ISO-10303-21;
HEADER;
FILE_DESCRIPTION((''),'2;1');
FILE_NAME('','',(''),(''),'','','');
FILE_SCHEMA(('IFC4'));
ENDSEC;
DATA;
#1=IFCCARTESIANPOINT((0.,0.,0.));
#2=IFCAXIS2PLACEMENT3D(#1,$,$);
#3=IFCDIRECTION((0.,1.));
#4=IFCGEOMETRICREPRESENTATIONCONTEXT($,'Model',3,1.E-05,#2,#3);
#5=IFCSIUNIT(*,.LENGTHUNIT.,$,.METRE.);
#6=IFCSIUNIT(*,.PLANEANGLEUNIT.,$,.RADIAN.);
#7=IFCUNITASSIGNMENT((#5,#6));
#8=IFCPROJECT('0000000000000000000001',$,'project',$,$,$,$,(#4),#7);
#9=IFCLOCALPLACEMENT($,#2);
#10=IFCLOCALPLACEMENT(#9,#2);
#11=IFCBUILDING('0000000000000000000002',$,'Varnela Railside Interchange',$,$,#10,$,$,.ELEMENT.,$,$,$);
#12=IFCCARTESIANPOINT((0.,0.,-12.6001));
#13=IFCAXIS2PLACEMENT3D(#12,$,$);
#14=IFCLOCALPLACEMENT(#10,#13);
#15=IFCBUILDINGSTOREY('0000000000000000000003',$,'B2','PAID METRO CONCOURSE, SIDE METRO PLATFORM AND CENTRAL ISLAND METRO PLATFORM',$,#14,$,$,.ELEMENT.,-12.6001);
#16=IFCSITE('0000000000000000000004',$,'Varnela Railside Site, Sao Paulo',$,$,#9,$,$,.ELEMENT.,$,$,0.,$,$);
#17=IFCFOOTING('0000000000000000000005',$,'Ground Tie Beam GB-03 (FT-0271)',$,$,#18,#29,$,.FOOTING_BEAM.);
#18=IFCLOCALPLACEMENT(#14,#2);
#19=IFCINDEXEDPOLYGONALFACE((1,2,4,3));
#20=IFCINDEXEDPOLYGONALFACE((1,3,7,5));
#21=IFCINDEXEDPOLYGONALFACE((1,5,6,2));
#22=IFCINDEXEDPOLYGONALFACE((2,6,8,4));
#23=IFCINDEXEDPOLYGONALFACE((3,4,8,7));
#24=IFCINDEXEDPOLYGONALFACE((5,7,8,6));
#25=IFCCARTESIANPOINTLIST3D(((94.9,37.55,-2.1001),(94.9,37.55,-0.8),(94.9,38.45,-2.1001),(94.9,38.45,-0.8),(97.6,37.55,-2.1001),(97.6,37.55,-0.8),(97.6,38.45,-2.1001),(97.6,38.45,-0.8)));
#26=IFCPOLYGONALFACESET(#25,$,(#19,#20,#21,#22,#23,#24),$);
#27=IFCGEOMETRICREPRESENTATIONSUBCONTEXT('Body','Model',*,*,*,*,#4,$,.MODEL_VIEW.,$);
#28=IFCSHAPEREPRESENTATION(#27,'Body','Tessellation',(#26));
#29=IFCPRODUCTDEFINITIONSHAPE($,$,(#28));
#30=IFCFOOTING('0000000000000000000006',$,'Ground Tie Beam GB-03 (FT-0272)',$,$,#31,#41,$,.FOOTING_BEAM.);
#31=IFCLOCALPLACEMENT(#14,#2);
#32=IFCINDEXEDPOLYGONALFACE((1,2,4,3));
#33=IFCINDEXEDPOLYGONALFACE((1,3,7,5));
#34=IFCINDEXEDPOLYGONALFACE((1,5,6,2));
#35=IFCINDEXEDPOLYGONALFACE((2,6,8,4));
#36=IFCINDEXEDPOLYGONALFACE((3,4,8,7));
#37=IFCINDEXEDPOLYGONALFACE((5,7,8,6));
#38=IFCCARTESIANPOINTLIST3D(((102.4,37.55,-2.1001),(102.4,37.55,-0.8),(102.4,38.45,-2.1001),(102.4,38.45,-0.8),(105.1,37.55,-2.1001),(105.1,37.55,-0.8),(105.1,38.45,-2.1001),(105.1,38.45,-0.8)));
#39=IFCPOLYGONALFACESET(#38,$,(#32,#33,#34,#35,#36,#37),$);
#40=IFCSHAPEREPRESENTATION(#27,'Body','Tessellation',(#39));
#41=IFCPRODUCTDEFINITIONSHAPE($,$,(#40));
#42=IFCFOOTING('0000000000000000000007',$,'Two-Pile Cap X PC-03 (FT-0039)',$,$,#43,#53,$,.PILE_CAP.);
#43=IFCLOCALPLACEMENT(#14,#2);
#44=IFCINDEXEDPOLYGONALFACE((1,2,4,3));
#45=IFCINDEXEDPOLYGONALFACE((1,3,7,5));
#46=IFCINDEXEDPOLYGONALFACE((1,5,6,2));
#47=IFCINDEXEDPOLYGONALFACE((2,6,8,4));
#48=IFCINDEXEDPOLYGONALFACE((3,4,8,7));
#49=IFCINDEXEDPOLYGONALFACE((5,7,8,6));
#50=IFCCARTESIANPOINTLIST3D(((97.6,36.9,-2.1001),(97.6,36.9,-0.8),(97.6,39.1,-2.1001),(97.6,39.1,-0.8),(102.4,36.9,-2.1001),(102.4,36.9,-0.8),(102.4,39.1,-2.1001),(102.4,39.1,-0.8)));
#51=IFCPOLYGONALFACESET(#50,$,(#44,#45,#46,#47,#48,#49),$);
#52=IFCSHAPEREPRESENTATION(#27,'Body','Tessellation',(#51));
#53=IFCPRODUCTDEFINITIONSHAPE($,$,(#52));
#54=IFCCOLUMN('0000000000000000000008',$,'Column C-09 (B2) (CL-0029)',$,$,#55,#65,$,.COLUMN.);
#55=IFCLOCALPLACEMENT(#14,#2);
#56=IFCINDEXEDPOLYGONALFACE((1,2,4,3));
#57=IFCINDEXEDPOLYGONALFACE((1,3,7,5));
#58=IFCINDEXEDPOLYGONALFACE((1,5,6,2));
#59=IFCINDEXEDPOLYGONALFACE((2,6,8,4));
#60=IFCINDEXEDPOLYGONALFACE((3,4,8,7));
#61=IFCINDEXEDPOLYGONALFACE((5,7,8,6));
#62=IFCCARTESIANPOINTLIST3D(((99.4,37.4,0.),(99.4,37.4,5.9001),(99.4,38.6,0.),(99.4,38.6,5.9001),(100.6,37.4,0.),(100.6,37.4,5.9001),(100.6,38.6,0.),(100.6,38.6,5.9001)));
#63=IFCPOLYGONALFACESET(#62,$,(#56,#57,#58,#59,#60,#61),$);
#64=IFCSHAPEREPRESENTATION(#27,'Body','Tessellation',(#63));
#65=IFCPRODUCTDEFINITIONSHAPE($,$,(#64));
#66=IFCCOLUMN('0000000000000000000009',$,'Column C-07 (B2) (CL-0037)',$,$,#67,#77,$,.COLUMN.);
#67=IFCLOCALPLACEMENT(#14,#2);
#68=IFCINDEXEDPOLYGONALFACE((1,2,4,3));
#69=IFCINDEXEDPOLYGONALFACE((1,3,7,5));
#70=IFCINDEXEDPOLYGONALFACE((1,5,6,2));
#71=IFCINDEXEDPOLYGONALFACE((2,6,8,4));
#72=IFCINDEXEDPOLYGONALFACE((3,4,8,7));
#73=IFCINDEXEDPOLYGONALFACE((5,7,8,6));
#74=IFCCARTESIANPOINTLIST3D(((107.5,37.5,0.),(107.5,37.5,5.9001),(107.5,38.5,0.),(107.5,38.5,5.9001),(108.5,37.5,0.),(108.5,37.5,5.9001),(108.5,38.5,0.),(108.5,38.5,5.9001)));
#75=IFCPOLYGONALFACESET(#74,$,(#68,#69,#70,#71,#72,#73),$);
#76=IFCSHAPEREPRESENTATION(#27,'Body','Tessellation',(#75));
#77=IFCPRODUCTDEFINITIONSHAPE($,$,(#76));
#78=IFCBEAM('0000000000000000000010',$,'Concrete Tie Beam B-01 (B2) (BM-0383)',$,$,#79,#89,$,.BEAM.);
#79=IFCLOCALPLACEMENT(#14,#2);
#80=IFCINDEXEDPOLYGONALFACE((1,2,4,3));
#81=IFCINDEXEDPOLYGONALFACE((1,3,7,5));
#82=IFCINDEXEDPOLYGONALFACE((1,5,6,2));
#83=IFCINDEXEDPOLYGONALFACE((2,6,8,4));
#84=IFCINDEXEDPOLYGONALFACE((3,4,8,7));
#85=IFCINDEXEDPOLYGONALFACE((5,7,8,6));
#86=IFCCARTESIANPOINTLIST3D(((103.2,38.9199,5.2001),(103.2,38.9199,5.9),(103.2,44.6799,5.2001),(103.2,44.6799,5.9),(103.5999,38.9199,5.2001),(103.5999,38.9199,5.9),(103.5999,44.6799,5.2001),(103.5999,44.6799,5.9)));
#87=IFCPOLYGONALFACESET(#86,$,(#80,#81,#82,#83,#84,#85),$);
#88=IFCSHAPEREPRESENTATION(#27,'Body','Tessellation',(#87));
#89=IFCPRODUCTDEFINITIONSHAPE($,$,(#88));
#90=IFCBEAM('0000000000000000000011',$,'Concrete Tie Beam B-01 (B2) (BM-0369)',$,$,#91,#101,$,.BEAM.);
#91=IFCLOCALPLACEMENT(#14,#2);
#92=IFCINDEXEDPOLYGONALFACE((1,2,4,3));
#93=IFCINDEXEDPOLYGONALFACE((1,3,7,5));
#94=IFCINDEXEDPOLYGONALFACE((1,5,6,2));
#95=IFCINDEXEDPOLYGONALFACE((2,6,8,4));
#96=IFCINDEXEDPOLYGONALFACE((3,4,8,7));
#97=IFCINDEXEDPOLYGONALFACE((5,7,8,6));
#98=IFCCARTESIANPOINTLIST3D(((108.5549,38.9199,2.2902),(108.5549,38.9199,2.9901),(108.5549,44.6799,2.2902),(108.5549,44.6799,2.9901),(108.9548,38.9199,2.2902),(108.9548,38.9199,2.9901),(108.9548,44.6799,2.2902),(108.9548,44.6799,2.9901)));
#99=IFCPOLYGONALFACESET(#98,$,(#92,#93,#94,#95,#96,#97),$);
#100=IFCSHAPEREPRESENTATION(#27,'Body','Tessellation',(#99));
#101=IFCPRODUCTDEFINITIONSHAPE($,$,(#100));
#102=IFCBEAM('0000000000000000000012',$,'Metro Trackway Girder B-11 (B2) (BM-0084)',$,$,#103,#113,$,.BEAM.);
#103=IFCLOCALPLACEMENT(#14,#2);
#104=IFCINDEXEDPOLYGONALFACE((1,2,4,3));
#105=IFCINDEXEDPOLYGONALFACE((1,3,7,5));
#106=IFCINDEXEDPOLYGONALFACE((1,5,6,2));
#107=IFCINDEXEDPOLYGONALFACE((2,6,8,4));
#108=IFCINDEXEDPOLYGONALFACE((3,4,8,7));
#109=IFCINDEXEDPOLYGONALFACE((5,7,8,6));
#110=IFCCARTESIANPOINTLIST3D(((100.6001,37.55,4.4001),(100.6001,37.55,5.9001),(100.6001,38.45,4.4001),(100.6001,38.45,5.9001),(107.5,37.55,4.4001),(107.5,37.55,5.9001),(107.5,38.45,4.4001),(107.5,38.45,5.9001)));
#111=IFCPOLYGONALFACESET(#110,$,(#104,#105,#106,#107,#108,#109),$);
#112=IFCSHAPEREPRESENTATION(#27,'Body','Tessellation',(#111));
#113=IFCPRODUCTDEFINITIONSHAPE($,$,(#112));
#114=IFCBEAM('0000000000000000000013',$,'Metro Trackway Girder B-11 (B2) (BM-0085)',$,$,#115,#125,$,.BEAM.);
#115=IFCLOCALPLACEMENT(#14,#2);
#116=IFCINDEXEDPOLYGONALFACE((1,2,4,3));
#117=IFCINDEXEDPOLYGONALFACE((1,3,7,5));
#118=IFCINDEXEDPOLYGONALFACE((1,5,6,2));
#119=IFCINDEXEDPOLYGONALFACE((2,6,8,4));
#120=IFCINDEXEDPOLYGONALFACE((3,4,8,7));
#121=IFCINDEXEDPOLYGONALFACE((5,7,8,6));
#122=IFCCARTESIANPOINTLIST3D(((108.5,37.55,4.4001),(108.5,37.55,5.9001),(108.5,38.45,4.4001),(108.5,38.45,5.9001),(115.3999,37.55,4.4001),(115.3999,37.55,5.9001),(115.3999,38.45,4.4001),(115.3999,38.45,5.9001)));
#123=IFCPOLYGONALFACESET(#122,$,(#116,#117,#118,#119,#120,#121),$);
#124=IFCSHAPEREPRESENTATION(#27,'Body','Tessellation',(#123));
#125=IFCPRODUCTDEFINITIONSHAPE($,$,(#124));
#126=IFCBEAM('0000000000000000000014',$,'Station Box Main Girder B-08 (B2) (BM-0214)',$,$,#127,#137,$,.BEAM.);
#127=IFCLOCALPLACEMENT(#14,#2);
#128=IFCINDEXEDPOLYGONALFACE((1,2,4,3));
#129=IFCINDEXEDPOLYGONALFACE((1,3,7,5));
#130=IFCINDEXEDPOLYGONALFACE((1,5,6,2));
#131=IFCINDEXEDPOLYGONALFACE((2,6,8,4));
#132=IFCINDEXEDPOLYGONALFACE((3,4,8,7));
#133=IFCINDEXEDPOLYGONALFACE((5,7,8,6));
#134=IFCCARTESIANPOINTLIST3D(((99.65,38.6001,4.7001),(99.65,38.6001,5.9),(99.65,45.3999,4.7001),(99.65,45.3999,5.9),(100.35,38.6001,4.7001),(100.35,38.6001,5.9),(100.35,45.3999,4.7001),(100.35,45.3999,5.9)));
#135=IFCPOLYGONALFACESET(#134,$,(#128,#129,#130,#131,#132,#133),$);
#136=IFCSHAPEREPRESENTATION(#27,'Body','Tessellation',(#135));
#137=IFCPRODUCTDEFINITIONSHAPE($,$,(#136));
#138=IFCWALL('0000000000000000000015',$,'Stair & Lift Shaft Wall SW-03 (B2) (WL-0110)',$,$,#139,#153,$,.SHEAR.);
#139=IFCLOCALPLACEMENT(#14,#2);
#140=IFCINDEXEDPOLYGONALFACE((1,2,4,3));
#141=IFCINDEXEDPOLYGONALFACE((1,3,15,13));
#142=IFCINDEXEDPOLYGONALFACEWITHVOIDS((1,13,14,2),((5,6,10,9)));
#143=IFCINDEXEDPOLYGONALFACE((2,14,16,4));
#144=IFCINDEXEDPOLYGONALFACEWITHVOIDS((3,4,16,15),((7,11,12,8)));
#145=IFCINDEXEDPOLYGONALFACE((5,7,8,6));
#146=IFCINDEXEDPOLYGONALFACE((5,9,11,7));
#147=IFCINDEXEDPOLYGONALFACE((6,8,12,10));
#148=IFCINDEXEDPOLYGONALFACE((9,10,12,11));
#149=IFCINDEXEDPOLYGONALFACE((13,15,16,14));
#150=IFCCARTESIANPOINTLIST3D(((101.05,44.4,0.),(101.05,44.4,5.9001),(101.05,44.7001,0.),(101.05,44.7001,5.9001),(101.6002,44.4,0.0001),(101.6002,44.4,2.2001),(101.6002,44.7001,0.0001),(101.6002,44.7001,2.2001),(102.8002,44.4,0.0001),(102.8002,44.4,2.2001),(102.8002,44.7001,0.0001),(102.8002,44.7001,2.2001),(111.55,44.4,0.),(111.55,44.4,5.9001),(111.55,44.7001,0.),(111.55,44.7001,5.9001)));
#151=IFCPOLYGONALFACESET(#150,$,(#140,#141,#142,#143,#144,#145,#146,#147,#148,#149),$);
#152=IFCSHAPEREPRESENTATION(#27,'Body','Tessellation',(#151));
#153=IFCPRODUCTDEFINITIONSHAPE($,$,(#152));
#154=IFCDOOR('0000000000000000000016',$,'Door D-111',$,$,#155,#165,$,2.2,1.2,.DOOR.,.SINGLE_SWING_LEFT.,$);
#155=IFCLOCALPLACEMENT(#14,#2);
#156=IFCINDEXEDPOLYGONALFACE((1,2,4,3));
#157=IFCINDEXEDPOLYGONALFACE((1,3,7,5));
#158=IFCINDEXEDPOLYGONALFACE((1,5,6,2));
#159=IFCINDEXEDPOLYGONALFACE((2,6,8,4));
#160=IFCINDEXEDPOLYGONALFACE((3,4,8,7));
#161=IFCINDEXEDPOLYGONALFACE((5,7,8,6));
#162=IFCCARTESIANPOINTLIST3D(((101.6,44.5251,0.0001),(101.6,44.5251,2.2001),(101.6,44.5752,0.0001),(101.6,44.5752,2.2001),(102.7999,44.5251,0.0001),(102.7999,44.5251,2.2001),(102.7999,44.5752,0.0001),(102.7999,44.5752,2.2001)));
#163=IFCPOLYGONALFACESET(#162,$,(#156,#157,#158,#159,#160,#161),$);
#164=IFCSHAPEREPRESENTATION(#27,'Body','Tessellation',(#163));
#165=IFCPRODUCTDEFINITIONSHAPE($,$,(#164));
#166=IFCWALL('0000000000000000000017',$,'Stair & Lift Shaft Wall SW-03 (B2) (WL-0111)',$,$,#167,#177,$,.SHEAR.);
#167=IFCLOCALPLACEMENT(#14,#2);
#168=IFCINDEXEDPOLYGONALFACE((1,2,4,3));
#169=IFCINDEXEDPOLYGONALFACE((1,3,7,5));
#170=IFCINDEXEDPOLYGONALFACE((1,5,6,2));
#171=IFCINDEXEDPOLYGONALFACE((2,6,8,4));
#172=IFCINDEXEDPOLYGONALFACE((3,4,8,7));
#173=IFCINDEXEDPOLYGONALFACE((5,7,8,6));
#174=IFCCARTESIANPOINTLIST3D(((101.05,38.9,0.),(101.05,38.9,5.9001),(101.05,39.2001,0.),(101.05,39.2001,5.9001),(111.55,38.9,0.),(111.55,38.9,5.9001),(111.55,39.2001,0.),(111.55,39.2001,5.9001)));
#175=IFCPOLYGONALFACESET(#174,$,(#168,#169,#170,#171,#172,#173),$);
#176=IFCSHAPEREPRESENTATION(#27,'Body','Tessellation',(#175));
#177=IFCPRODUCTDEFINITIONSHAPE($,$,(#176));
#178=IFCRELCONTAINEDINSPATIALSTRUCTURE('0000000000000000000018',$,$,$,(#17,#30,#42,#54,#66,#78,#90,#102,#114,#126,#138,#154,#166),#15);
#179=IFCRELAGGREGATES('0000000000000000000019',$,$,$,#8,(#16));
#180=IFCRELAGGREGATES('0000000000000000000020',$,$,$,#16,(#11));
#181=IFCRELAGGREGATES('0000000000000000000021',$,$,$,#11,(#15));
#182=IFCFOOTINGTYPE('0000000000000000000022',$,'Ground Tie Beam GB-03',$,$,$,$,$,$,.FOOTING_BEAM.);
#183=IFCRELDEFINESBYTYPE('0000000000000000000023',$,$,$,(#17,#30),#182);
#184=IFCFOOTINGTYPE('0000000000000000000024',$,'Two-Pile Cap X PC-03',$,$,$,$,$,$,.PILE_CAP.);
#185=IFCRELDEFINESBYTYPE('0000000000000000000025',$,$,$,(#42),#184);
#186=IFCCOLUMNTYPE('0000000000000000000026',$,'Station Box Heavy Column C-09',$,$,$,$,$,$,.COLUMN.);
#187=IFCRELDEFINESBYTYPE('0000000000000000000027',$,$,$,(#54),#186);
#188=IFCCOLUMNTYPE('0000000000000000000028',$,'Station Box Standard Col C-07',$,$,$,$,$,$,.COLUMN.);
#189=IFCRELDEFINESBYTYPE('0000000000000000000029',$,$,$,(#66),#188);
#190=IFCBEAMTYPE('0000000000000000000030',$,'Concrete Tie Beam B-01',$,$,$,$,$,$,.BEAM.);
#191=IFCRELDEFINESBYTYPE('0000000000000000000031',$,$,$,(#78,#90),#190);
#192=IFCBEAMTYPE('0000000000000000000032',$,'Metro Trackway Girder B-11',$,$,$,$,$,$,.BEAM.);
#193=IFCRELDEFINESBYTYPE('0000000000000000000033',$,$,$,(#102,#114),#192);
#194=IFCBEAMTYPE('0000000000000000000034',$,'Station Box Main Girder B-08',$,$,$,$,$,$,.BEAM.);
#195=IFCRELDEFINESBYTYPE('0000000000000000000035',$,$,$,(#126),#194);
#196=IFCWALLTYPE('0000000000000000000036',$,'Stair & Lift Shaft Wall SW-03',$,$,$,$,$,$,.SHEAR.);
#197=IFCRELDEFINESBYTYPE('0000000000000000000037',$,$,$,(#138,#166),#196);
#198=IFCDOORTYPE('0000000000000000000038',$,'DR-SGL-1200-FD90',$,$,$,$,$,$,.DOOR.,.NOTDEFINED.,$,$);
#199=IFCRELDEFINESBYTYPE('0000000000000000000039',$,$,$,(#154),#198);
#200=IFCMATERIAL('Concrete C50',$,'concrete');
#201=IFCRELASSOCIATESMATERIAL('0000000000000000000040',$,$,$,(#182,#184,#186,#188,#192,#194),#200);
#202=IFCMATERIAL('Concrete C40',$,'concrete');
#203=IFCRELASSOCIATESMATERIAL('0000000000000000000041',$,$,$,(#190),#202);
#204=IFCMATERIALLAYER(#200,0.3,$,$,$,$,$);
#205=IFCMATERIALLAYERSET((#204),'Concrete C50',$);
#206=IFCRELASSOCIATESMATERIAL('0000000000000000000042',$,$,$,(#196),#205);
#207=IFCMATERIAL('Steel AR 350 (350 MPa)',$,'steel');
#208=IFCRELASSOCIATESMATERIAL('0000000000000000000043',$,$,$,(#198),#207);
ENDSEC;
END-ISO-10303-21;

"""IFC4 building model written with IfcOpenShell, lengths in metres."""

from ifc_helpers import new_model, si_unit, direction, frame, frame_2d, origin, origin_2d, place, context, subcontext, project, spatial, rectangle, extrude, material, layer, layer_set, material_profile, profile_set, type_object, element, fill, save


model = new_model("IFC4")

# Units and contexts
model_context = context("Model", 3, precision=1e-05, world=origin(), true_north=direction((0.0, 1.0)))
body_context = subcontext(model_context, "Body", "Model", "MODEL_VIEW")
ifc_project = project(units=[si_unit("LENGTHUNIT", "METRE"), si_unit("PLANEANGLEUNIT", "RADIAN")], contexts=[model_context])

# Site, building, storey
site_placement = place(None, origin())
site = spatial("IfcSite", under=ifc_project, at=site_placement, Name="Varnela Railside Site, Sao Paulo", CompositionType="ELEMENT", RefElevation=0.0)
building_placement = place(site_placement, origin())
building = spatial("IfcBuilding", under=site, at=building_placement, Name="Varnela Railside Interchange", CompositionType="ELEMENT")
storey_placement = place(building_placement, frame((0.0, 0.0, -12.6001)))
storey = spatial("IfcBuildingStorey", under=building, at=storey_placement, Name="B2", Description="PAID METRO CONCOURSE, SIDE METRO PLATFORM AND CENTRAL ISLAND METRO PLATFORM", CompositionType="ELEMENT", Elevation=-12.6001)

# Shared definitions
ifc_material_1 = material(Name="Concrete C40", Category="concrete")

# Footings
ifc_material_2 = material(Name="Concrete C50", Category="concrete")
footing_type_1 = type_object("IfcFootingType", Name="Ground Tie Beam GB-03", PredefinedType="FOOTING_BEAM", material=ifc_material_2)
for number, where, z_axis, x_axis, name in (
    (1, (96.25, 38.0, -2.1001), (0.0, 0.0, 1.0), (1.0, 0.0, 0.0), "Ground Tie Beam GB-03 (FT-0271)"),
    (2, (103.75, 38.0, -2.1001), (0.0, 0.0, 1.0), (1.0, 0.0, 0.0), "Ground Tie Beam GB-03 (FT-0272)"),
):
    element("IfcFooting", number, at=place(storey_placement, frame(where, z_axis=z_axis, x_axis=x_axis)), inside=storey, type_object=footing_type_1, Name=name, PredefinedType="FOOTING_BEAM", context=body_context, shape_type="SweptSolid", body=[
        extrude(rectangle(XDim=2.7, YDim=0.8999, at=origin_2d()), origin(), (0.0, 0.0, 1.0), 1.3),
    ])
footing_type_2 = type_object("IfcFootingType", Name="Two-Pile Cap X PC-03", PredefinedType="PILE_CAP", material=ifc_material_2)
footing_1_placement = place(storey_placement, frame((100.0, 38.0, -2.1001), z_axis=(0.0, 0.0, 1.0), x_axis=(1.0, 0.0, 0.0)))
element("IfcFooting", 3, at=footing_1_placement, inside=storey, type_object=footing_type_2, Name="Two-Pile Cap X PC-03 (FT-0039)", PredefinedType="PILE_CAP", context=body_context, shape_type="SweptSolid", body=[
    extrude(rectangle(XDim=4.8, YDim=2.2, at=origin_2d()), origin(), (0.0, 0.0, 1.0), 1.3),
])

# Columns
ifc_material_profile_1 = material_profile(ifc_material_2, rectangle(XDim=1.2, YDim=1.2, at=origin_2d()), Name="RC 1200x1200")
ifc_profile_set_1 = profile_set([ifc_material_profile_1], Name="Concrete C50")
column_type_1 = type_object("IfcColumnType", Name="Station Box Heavy Column C-09", PredefinedType="COLUMN", material=ifc_profile_set_1)
column_1_placement = place(storey_placement, frame((100.0, 38.0, 0.0), z_axis=(0.0, 0.0, 1.0), x_axis=(1.0, 0.0, 0.0)))
element("IfcColumn", 4, at=column_1_placement, inside=storey, type_object=column_type_1, Name="Column C-09 (B2) (CL-0029)", PredefinedType="COLUMN", context=body_context, shape_type="SweptSolid", body=[
    extrude(rectangle(XDim=1.2, YDim=1.2, at=origin_2d()), origin(), (0.0, 0.0, 1.0), 5.9001),
])
ifc_material_profile_2 = material_profile(ifc_material_2, rectangle(XDim=1.0, YDim=1.0, at=origin_2d()), Name="RC 1000x1000")
ifc_profile_set_2 = profile_set([ifc_material_profile_2], Name="Concrete C50")
column_type_2 = type_object("IfcColumnType", Name="Station Box Standard Col C-07", PredefinedType="COLUMN", material=ifc_profile_set_2)
column_2_placement = place(storey_placement, frame((108.0, 38.0, 0.0), z_axis=(0.0, 0.0, 1.0), x_axis=(1.0, 0.0, 0.0)))
element("IfcColumn", 5, at=column_2_placement, inside=storey, type_object=column_type_2, Name="Column C-07 (B2) (CL-0037)", PredefinedType="COLUMN", context=body_context, shape_type="SweptSolid", body=[
    extrude(rectangle(XDim=1.0, YDim=1.0, at=origin_2d()), origin(), (0.0, 0.0, 1.0), 5.9001),
])

# Beams
ifc_material_profile_3 = material_profile(ifc_material_1, rectangle(XDim=0.3999, YDim=0.7, at=origin_2d()), Name="RC 400x700")
ifc_profile_set_3 = profile_set([ifc_material_profile_3], Name="Concrete C40")
beam_type_1 = type_object("IfcBeamType", Name="Concrete Tie Beam B-01", PredefinedType="BEAM", material=ifc_profile_set_3)
for number, where, z_axis, x_axis, name in (
    (6, (103.3999, 38.9199, 5.55), (0.0, 1.0, 0.0), (-1.0, 0.0, 0.0), "Concrete Tie Beam B-01 (B2) (BM-0383)"),
    (7, (108.7549, 38.9199, 2.6401), (0.0, 1.0, 0.0), (-1.0, 0.0, 0.0), "Concrete Tie Beam B-01 (B2) (BM-0369)"),
):
    element("IfcBeam", number, at=place(storey_placement, frame(where, z_axis=z_axis, x_axis=x_axis)), inside=storey, type_object=beam_type_1, Name=name, PredefinedType="BEAM", context=body_context, shape_type="SweptSolid", body=[
        extrude(rectangle(XDim=0.3999, YDim=0.7, at=origin_2d()), origin(), (0.0, 0.0, 1.0), 5.76),
    ])
ifc_material_profile_4 = material_profile(ifc_material_2, rectangle(XDim=0.8999, YDim=1.5, at=origin_2d()), Name="RC 900x1500")
ifc_profile_set_4 = profile_set([ifc_material_profile_4], Name="Concrete C50")
beam_type_2 = type_object("IfcBeamType", Name="Metro Trackway Girder B-11", PredefinedType="BEAM", material=ifc_profile_set_4)
for number, where, z_axis, x_axis, name in (
    (8, (100.6001, 38.0, 5.1501), (1.0, 0.0, 0.0), (0.0, 1.0, 0.0), "Metro Trackway Girder B-11 (B2) (BM-0084)"),
    (9, (108.5, 38.0, 5.1501), (1.0, 0.0, 0.0), (0.0, 1.0, 0.0), "Metro Trackway Girder B-11 (B2) (BM-0085)"),
):
    element("IfcBeam", number, at=place(storey_placement, frame(where, z_axis=z_axis, x_axis=x_axis)), inside=storey, type_object=beam_type_2, Name=name, PredefinedType="BEAM", context=body_context, shape_type="SweptSolid", body=[
        extrude(rectangle(XDim=0.8999, YDim=1.5, at=origin_2d()), origin(), (0.0, 0.0, 1.0), 6.8999),
    ])
ifc_material_profile_5 = material_profile(ifc_material_2, rectangle(XDim=0.7, YDim=1.2, at=origin_2d()), Name="RC 700x1200")
ifc_profile_set_5 = profile_set([ifc_material_profile_5], Name="Concrete C50")
beam_type_3 = type_object("IfcBeamType", Name="Station Box Main Girder B-08", PredefinedType="BEAM", material=ifc_profile_set_5)
beam_placement = place(storey_placement, frame((100.0, 38.6001, 5.3), z_axis=(0.0, 1.0, 0.0), x_axis=(-1.0, 0.0, 0.0)))
element("IfcBeam", 10, at=beam_placement, inside=storey, type_object=beam_type_3, Name="Station Box Main Girder B-08 (B2) (BM-0214)", PredefinedType="BEAM", context=body_context, shape_type="SweptSolid", body=[
    extrude(rectangle(XDim=0.7, YDim=1.2, at=origin_2d()), origin(), (0.0, 0.0, 1.0), 6.7998),
])

# Wall, opening, door
ifc_layer = layer(ifc_material_2, 0.3)
ifc_layer_set = layer_set([ifc_layer], Name="Concrete C50")
wall_type = type_object("IfcWallType", Name="Stair & Lift Shaft Wall SW-03", PredefinedType="SHEAR", material=ifc_layer_set)
wall_1_placement = place(storey_placement, frame((101.05, 44.55, 0.0), z_axis=(0.0, 0.0, 1.0), x_axis=(1.0, 0.0, 0.0)))
wall_1 = element("IfcWall", 11, at=wall_1_placement, inside=storey, type_object=wall_type, Name="Stair & Lift Shaft Wall SW-03 (B2) (WL-0110)", PredefinedType="SHEAR", context=body_context, shape_type="SweptSolid", body=[
    extrude(rectangle(XDim=10.5, YDim=0.3, at=frame_2d((5.25, 0.0))), origin(), (0.0, 0.0, 1.0), 5.9001),
])
opening_placement = place(wall_1_placement, frame((0.55, 0.0, 0.0)))
opening = element("IfcOpeningElement", 12, at=opening_placement, cuts=wall_1, PredefinedType="OPENING", context=body_context, shape_type="SweptSolid", body=[
    extrude(rectangle(XDim=1.2, YDim=2.2, at=frame_2d((0.6001, 1.1001))), frame((0.0, 0.1599, 0.0), z_axis=(0.0, -1.0, 0.0), x_axis=(1.0, 0.0, 0.0)), (0.0, 0.0, 1.0), 0.3201),
])
ifc_material_3 = material(Name="Steel AR 350 (350 MPa)", Category="steel")
door_type = type_object("IfcDoorType", Name="DR-SGL-1200-FD90", OperationType="NOTDEFINED", PredefinedType="DOOR", material=ifc_material_3)
door_placement = place(opening_placement, frame((1.2, 0.0, 0.0), z_axis=(0.0, 0.0, 1.0), x_axis=(-1.0, 0.0, 0.0)))
door = element("IfcDoor", 13, at=door_placement, inside=storey, type_object=door_type, Name="Door D-111", OperationType="SINGLE_SWING_LEFT", OverallHeight=2.2, OverallWidth=1.2, PredefinedType="DOOR", context=body_context, shape_type="SweptSolid", body=[
    extrude(rectangle(XDim=1.2, YDim=2.2, at=frame_2d((0.6001, 1.1001))), frame((0.0, 0.0249, 0.0), z_axis=(0.0, -1.0, 0.0), x_axis=(1.0, 0.0, 0.0)), (0.0, 0.0, 1.0), 0.05),
])
fill(opening, door)

# Wall
wall_2_placement = place(storey_placement, frame((101.05, 39.05, 0.0), z_axis=(0.0, 0.0, 1.0), x_axis=(1.0, 0.0, 0.0)))
element("IfcWall", 14, at=wall_2_placement, inside=storey, type_object=wall_type, Name="Stair & Lift Shaft Wall SW-03 (B2) (WL-0111)", PredefinedType="SHEAR", context=body_context, shape_type="SweptSolid", body=[
    extrude(rectangle(XDim=10.5, YDim=0.3, at=frame_2d((5.25, 0.0))), origin(), (0.0, 0.0, 1.0), 5.9001),
])

save(model, "model.ifc")
